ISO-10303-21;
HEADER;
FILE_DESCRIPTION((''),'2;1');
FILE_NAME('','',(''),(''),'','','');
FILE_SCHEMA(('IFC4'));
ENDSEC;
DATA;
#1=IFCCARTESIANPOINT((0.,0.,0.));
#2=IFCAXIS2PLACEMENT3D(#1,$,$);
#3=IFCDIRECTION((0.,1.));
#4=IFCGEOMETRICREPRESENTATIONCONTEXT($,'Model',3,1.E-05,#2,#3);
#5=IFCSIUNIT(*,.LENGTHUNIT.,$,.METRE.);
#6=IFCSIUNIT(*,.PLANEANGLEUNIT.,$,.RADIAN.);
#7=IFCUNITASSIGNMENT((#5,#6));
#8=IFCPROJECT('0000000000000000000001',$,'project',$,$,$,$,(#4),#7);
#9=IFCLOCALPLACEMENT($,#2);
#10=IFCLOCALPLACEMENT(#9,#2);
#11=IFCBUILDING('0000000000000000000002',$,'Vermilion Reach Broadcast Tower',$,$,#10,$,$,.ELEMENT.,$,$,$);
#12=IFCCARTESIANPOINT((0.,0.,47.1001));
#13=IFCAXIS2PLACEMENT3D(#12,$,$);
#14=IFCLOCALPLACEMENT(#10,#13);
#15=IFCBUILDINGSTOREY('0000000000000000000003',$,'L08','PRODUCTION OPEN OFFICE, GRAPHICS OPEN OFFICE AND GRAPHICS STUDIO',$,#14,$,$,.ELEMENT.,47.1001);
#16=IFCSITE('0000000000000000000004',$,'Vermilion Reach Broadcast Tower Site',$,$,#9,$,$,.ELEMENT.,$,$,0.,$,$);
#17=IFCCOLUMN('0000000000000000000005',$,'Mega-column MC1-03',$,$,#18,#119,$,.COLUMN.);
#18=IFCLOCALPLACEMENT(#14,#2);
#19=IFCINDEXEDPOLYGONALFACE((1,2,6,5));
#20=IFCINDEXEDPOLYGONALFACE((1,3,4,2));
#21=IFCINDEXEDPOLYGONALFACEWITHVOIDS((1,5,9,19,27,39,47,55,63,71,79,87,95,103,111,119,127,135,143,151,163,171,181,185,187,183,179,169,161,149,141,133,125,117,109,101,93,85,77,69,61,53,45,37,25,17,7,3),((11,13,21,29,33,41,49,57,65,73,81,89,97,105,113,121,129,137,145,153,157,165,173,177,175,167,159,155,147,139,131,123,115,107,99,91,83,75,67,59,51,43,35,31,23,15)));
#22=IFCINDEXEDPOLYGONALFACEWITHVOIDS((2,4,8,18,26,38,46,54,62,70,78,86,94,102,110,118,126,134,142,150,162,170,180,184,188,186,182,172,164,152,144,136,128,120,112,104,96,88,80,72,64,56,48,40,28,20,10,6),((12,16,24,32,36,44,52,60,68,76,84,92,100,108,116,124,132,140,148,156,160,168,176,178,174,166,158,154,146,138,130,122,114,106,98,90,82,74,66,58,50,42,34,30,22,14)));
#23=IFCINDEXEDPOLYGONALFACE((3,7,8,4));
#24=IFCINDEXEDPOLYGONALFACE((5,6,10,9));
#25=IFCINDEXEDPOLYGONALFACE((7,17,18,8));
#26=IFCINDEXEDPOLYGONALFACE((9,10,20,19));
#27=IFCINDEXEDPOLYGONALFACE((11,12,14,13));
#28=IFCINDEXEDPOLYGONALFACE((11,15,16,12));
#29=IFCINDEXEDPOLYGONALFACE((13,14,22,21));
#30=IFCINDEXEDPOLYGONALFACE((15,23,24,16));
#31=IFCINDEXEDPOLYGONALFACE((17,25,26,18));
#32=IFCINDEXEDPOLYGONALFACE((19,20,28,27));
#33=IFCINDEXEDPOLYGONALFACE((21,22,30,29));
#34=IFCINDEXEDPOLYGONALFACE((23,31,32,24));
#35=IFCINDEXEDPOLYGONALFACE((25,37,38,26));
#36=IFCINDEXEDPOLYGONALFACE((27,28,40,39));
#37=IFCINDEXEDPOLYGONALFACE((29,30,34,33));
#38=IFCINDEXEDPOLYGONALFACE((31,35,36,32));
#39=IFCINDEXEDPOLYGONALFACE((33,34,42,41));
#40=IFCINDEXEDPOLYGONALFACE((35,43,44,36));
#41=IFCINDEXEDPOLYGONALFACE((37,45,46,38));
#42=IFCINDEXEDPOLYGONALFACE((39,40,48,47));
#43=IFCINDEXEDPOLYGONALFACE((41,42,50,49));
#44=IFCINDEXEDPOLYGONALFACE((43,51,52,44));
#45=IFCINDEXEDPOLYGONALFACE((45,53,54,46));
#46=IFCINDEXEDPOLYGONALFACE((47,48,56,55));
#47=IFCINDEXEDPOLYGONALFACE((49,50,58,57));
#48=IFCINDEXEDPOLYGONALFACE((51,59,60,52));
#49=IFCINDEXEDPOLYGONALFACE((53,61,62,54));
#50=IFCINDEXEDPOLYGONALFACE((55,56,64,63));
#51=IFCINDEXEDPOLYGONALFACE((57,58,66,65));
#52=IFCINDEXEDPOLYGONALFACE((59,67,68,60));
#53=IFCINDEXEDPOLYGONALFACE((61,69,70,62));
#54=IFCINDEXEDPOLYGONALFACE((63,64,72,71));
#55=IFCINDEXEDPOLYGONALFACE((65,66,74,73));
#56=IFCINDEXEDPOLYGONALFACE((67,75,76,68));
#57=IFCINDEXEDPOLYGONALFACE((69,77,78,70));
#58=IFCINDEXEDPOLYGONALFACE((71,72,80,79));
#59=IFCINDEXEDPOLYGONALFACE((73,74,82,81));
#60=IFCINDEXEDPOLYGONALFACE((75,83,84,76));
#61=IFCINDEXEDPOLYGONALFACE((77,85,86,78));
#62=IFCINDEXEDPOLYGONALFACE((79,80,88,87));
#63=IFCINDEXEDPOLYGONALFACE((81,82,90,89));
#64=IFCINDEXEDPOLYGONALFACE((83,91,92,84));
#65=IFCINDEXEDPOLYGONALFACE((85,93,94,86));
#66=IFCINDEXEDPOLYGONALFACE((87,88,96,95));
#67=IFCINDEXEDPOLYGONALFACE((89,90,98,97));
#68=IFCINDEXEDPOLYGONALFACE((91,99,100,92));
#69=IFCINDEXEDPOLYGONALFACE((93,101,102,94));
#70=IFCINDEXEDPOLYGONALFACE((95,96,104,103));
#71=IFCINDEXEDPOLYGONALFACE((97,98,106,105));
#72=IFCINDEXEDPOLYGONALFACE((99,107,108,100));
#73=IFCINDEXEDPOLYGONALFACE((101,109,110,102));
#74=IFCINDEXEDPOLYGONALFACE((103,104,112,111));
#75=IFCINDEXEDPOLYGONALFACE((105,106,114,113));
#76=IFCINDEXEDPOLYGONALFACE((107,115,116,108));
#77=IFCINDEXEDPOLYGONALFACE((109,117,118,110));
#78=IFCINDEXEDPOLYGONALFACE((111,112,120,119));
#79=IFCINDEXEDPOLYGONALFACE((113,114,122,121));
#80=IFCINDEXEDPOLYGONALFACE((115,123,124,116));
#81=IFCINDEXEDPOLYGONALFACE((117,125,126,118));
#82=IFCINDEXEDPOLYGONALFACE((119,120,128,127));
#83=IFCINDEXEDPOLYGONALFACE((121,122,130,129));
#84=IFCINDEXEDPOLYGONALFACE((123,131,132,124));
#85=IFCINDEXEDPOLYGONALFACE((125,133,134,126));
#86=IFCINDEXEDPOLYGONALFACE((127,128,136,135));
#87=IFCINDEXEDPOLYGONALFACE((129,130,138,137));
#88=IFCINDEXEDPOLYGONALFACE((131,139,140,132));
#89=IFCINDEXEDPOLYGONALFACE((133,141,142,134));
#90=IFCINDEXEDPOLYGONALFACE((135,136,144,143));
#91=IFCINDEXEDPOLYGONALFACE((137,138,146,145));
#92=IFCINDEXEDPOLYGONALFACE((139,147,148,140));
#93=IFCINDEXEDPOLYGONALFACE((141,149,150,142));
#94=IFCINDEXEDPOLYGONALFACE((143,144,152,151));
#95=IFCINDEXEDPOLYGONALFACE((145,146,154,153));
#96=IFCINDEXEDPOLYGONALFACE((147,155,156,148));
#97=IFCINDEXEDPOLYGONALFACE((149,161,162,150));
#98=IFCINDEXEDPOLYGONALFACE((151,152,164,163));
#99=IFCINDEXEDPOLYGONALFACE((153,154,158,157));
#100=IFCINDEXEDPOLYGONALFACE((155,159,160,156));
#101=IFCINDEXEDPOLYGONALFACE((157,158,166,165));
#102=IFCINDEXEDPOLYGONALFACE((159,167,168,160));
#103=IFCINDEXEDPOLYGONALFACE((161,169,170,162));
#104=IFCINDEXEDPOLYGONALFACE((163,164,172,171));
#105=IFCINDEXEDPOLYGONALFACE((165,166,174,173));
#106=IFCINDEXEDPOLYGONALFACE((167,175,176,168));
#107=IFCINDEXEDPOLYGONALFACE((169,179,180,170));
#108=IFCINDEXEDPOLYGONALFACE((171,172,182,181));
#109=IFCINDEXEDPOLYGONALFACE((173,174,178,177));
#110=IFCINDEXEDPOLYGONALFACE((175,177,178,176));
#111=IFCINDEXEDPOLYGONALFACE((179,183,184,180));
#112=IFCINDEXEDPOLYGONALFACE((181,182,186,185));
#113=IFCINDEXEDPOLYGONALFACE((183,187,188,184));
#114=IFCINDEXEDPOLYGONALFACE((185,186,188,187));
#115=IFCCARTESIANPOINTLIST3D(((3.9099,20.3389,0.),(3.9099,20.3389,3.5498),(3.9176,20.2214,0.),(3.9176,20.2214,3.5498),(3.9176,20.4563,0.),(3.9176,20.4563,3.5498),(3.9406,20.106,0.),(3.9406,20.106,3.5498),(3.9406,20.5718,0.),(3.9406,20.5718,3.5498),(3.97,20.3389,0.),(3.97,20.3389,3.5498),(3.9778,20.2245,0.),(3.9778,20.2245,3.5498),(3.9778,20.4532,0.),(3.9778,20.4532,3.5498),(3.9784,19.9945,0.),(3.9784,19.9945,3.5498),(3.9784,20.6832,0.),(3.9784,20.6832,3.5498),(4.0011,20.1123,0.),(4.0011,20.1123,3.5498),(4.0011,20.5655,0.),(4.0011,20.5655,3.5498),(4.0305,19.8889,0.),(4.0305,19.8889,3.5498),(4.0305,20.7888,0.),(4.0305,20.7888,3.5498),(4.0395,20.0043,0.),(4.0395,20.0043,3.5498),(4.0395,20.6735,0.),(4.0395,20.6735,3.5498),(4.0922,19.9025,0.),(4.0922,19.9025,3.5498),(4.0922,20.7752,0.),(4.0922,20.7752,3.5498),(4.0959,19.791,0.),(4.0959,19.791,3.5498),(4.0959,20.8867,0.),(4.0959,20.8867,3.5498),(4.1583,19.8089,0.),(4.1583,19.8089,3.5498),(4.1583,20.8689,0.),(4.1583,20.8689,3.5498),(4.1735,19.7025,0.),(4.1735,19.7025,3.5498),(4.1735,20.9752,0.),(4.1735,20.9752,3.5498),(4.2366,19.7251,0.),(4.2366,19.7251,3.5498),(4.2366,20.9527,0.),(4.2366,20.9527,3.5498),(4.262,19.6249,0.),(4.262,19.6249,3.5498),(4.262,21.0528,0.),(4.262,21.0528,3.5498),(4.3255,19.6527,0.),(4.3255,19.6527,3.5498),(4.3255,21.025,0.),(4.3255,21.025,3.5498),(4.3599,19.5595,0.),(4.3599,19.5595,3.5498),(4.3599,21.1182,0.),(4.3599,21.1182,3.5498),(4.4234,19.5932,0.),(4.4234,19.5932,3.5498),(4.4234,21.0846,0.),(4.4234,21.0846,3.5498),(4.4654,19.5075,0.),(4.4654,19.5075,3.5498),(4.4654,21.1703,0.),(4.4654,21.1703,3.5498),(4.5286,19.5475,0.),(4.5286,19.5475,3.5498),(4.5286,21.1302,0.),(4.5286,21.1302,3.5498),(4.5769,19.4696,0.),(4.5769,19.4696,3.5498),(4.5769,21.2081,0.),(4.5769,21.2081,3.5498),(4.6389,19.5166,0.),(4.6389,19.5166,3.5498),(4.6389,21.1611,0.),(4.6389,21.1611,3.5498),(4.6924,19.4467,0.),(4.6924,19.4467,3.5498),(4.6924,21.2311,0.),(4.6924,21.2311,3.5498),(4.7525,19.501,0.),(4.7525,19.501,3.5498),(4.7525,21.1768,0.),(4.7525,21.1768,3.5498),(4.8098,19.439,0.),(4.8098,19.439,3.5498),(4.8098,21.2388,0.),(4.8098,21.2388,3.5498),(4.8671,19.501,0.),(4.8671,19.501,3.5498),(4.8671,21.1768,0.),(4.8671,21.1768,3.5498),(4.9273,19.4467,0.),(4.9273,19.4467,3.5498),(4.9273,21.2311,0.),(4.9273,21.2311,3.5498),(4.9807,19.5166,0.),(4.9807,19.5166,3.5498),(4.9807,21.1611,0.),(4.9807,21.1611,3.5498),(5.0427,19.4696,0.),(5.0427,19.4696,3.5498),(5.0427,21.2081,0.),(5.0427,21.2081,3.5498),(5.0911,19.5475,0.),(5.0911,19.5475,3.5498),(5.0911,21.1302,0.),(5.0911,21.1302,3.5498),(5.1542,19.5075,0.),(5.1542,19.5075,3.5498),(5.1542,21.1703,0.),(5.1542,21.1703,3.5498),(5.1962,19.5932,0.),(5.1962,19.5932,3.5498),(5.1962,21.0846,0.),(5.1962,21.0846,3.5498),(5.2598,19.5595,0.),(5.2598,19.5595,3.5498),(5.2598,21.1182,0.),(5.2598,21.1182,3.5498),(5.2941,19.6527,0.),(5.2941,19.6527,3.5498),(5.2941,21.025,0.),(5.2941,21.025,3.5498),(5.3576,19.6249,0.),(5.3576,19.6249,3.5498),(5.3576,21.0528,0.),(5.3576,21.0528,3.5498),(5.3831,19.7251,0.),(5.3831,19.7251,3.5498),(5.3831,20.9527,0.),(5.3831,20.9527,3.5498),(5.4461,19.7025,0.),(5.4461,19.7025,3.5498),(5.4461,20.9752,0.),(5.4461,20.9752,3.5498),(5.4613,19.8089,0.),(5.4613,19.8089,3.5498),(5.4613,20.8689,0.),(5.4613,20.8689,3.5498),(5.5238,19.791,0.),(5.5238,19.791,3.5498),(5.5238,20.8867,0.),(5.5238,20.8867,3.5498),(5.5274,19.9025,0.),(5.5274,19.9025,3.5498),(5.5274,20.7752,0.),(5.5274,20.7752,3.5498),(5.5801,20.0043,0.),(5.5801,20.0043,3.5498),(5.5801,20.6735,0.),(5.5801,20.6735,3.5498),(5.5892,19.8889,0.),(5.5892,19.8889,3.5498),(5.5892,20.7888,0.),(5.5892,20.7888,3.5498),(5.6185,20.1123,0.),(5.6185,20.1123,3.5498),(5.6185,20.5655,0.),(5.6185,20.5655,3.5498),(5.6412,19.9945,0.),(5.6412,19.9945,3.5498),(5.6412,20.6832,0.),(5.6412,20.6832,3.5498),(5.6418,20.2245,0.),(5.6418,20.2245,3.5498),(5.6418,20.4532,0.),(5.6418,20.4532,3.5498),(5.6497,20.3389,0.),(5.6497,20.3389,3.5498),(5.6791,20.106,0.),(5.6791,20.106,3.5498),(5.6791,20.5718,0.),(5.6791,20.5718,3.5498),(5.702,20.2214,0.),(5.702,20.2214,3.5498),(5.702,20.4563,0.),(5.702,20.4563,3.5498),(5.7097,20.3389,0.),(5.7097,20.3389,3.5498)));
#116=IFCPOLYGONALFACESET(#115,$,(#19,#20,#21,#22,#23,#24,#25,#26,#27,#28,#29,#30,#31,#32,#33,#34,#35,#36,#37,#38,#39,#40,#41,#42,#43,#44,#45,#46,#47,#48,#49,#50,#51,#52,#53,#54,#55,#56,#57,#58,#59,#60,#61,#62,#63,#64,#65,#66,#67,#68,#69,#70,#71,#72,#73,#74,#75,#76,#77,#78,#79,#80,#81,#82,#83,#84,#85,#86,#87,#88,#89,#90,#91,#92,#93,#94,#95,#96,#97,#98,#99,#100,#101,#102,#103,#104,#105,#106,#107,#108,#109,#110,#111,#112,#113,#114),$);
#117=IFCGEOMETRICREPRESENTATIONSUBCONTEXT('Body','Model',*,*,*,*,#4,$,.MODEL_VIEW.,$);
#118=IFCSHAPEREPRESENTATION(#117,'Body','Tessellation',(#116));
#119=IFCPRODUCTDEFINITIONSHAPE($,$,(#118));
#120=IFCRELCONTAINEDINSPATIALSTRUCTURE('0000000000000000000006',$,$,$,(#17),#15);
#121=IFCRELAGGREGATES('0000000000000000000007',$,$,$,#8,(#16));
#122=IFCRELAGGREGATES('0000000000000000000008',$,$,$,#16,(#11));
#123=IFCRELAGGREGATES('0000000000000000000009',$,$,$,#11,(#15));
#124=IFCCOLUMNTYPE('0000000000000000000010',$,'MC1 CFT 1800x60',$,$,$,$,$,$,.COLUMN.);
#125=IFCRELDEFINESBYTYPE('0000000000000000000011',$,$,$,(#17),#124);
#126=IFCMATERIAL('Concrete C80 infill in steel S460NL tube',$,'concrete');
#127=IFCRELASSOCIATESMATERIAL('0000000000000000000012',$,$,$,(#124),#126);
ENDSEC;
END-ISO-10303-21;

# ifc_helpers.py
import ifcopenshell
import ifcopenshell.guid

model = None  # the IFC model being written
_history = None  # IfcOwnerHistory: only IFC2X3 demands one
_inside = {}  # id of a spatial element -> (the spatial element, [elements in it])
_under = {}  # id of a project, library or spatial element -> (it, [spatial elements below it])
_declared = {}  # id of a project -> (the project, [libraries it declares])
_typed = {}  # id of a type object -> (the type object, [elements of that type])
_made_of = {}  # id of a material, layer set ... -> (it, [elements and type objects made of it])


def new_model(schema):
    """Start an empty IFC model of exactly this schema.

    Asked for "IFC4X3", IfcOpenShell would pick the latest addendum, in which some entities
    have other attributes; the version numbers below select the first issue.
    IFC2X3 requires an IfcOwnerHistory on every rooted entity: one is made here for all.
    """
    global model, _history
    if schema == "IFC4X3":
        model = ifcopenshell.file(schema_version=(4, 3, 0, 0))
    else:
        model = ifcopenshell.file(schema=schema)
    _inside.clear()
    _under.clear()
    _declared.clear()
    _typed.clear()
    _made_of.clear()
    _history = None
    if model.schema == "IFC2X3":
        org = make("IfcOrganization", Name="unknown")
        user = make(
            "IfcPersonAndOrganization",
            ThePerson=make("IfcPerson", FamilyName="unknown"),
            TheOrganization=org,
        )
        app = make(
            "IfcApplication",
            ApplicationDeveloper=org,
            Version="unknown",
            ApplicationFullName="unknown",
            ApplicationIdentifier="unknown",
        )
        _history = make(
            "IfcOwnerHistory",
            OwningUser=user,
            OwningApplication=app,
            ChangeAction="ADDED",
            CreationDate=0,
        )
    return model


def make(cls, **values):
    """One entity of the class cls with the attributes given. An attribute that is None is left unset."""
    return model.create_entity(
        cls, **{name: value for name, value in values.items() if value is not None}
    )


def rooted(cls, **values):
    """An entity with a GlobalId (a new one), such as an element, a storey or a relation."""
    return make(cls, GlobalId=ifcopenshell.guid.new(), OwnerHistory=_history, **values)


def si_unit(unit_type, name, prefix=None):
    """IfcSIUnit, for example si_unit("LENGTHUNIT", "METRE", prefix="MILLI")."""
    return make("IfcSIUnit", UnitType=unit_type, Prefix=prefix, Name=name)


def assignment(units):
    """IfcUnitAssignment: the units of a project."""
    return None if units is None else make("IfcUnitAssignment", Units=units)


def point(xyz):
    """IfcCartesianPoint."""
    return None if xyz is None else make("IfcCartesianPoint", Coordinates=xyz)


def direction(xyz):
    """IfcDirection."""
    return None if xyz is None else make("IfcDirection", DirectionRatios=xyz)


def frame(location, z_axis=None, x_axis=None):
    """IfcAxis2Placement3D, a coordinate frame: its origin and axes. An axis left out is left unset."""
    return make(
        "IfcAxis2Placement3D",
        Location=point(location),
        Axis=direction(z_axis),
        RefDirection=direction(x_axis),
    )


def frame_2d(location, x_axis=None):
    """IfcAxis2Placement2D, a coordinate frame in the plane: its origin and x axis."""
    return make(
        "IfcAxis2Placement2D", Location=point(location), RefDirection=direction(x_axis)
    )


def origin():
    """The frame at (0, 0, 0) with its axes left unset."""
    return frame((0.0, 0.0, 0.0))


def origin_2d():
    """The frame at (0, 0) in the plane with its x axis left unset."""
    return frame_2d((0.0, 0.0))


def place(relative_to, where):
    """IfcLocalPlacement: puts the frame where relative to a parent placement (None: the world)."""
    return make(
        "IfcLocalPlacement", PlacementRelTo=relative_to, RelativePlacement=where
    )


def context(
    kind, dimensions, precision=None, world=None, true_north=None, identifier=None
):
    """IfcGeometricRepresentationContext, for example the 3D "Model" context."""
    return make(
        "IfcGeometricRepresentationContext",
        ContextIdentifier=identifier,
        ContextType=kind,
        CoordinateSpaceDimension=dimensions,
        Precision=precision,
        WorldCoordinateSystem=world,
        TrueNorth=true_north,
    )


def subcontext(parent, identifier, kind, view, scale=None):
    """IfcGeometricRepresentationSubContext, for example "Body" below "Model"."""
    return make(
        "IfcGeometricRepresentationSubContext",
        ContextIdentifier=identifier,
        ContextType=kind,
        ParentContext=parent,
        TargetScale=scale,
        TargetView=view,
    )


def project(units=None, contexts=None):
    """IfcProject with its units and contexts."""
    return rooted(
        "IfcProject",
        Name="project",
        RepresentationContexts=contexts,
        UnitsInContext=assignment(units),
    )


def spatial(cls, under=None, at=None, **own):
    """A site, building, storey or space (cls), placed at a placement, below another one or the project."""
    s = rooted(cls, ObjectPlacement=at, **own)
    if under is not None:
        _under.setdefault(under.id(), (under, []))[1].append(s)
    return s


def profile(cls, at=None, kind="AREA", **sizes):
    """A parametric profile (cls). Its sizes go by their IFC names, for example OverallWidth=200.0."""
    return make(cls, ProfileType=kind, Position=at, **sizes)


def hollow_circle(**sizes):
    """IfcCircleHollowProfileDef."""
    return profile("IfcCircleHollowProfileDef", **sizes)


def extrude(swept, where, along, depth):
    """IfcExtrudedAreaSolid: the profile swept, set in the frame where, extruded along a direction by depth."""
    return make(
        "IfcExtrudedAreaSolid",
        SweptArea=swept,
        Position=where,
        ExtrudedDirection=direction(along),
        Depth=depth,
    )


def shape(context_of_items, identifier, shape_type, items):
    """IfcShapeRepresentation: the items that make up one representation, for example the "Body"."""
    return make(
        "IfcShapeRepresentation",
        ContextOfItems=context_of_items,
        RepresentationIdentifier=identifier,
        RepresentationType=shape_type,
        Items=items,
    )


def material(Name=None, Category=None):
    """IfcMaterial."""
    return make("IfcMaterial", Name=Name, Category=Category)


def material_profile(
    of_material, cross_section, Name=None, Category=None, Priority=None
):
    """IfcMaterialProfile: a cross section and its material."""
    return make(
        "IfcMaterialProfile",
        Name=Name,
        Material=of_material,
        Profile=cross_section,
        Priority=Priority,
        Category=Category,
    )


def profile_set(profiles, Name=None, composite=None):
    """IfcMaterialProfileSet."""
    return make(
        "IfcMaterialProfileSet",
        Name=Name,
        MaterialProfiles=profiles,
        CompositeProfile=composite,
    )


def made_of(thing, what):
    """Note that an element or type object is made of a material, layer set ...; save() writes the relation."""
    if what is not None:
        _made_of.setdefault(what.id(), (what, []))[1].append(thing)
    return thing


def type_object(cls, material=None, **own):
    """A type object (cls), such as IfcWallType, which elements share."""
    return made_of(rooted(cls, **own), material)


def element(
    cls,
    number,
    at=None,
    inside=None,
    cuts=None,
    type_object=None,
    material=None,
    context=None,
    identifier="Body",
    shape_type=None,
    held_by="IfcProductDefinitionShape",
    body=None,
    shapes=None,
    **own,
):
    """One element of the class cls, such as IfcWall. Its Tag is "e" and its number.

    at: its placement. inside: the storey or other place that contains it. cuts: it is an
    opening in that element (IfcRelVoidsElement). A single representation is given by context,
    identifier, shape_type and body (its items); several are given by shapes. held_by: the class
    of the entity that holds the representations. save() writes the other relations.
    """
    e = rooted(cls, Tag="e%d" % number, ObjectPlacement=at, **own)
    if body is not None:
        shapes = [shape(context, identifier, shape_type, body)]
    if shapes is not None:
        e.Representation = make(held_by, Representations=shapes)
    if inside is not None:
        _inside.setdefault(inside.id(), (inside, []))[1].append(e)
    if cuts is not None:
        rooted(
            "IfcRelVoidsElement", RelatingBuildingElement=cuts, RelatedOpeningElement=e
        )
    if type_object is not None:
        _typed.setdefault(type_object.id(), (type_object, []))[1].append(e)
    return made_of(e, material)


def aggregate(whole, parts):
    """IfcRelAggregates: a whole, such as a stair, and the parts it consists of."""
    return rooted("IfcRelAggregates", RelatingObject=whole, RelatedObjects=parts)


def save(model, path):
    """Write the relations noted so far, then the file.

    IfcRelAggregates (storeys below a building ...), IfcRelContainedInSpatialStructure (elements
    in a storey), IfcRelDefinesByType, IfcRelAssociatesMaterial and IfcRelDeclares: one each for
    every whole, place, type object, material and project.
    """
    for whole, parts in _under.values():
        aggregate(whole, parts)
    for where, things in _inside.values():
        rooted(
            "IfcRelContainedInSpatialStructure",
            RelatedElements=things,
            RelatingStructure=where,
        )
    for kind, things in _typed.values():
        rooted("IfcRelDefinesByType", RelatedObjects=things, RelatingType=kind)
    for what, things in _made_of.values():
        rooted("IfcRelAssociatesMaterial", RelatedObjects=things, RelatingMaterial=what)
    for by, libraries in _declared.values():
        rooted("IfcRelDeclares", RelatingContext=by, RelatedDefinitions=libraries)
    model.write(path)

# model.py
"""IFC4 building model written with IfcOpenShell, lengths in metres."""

from ifc_helpers import new_model, si_unit, direction, frame, origin, origin_2d, place, context, subcontext, project, spatial, hollow_circle, extrude, material, material_profile, profile_set, type_object, element, save


model = new_model("IFC4")

# Units and contexts
model_context = context("Model", 3, precision=1e-05, world=origin(), true_north=direction((0.0, 1.0)))
body_context = subcontext(model_context, "Body", "Model", "MODEL_VIEW")
ifc_project = project(units=[si_unit("LENGTHUNIT", "METRE"), si_unit("PLANEANGLEUNIT", "RADIAN")], contexts=[model_context])

# Site, building, storey
site_placement = place(None, origin())
site = spatial("IfcSite", under=ifc_project, at=site_placement, Name="Vermilion Reach Broadcast Tower Site", CompositionType="ELEMENT", RefElevation=0.0)
building_placement = place(site_placement, origin())
building = spatial("IfcBuilding", under=site, at=building_placement, Name="Vermilion Reach Broadcast Tower", CompositionType="ELEMENT")
storey_placement = place(building_placement, frame((0.0, 0.0, 47.1001)))
storey = spatial("IfcBuildingStorey", under=building, at=storey_placement, Name="L08", Description="PRODUCTION OPEN OFFICE, GRAPHICS OPEN OFFICE AND GRAPHICS STUDIO", CompositionType="ELEMENT", Elevation=47.1001)

# Column
ifc_material_1 = material(Name="Concrete C80 infill in steel S460NL tube", Category="concrete")
ifc_material_profile_1 = material_profile(ifc_material_1, hollow_circle(Radius=0.8999, WallThickness=0.0601, at=origin_2d()), Name="Concrete C80 infill in steel S460NL tube CFT 1800x60")
ifc_profile_set_1 = profile_set([ifc_material_profile_1], Name="Concrete C80 infill in steel S460NL tube")
column_type = type_object("IfcColumnType", Name="MC1 CFT 1800x60", PredefinedType="COLUMN", material=ifc_profile_set_1)
for number, where, z_axis, x_axis, name in (
    (1, (4.8098, 20.3389, 0.0), (0.0, 0.0, 1.0), (1.0, 0.0, 0.0), "Mega-column MC1-03"),
):
    element("IfcColumn", number, at=place(storey_placement, frame(where, z_axis=z_axis, x_axis=x_axis)), inside=storey, type_object=column_type, Name=name, PredefinedType="COLUMN", context=body_context, shape_type="SweptSolid", body=[
        extrude(hollow_circle(Radius=0.8999, WallThickness=0.0601, at=origin_2d()), origin(), (0.0, 0.0, 1.0), 3.5498),
    ])

save(model, "model.ifc")
